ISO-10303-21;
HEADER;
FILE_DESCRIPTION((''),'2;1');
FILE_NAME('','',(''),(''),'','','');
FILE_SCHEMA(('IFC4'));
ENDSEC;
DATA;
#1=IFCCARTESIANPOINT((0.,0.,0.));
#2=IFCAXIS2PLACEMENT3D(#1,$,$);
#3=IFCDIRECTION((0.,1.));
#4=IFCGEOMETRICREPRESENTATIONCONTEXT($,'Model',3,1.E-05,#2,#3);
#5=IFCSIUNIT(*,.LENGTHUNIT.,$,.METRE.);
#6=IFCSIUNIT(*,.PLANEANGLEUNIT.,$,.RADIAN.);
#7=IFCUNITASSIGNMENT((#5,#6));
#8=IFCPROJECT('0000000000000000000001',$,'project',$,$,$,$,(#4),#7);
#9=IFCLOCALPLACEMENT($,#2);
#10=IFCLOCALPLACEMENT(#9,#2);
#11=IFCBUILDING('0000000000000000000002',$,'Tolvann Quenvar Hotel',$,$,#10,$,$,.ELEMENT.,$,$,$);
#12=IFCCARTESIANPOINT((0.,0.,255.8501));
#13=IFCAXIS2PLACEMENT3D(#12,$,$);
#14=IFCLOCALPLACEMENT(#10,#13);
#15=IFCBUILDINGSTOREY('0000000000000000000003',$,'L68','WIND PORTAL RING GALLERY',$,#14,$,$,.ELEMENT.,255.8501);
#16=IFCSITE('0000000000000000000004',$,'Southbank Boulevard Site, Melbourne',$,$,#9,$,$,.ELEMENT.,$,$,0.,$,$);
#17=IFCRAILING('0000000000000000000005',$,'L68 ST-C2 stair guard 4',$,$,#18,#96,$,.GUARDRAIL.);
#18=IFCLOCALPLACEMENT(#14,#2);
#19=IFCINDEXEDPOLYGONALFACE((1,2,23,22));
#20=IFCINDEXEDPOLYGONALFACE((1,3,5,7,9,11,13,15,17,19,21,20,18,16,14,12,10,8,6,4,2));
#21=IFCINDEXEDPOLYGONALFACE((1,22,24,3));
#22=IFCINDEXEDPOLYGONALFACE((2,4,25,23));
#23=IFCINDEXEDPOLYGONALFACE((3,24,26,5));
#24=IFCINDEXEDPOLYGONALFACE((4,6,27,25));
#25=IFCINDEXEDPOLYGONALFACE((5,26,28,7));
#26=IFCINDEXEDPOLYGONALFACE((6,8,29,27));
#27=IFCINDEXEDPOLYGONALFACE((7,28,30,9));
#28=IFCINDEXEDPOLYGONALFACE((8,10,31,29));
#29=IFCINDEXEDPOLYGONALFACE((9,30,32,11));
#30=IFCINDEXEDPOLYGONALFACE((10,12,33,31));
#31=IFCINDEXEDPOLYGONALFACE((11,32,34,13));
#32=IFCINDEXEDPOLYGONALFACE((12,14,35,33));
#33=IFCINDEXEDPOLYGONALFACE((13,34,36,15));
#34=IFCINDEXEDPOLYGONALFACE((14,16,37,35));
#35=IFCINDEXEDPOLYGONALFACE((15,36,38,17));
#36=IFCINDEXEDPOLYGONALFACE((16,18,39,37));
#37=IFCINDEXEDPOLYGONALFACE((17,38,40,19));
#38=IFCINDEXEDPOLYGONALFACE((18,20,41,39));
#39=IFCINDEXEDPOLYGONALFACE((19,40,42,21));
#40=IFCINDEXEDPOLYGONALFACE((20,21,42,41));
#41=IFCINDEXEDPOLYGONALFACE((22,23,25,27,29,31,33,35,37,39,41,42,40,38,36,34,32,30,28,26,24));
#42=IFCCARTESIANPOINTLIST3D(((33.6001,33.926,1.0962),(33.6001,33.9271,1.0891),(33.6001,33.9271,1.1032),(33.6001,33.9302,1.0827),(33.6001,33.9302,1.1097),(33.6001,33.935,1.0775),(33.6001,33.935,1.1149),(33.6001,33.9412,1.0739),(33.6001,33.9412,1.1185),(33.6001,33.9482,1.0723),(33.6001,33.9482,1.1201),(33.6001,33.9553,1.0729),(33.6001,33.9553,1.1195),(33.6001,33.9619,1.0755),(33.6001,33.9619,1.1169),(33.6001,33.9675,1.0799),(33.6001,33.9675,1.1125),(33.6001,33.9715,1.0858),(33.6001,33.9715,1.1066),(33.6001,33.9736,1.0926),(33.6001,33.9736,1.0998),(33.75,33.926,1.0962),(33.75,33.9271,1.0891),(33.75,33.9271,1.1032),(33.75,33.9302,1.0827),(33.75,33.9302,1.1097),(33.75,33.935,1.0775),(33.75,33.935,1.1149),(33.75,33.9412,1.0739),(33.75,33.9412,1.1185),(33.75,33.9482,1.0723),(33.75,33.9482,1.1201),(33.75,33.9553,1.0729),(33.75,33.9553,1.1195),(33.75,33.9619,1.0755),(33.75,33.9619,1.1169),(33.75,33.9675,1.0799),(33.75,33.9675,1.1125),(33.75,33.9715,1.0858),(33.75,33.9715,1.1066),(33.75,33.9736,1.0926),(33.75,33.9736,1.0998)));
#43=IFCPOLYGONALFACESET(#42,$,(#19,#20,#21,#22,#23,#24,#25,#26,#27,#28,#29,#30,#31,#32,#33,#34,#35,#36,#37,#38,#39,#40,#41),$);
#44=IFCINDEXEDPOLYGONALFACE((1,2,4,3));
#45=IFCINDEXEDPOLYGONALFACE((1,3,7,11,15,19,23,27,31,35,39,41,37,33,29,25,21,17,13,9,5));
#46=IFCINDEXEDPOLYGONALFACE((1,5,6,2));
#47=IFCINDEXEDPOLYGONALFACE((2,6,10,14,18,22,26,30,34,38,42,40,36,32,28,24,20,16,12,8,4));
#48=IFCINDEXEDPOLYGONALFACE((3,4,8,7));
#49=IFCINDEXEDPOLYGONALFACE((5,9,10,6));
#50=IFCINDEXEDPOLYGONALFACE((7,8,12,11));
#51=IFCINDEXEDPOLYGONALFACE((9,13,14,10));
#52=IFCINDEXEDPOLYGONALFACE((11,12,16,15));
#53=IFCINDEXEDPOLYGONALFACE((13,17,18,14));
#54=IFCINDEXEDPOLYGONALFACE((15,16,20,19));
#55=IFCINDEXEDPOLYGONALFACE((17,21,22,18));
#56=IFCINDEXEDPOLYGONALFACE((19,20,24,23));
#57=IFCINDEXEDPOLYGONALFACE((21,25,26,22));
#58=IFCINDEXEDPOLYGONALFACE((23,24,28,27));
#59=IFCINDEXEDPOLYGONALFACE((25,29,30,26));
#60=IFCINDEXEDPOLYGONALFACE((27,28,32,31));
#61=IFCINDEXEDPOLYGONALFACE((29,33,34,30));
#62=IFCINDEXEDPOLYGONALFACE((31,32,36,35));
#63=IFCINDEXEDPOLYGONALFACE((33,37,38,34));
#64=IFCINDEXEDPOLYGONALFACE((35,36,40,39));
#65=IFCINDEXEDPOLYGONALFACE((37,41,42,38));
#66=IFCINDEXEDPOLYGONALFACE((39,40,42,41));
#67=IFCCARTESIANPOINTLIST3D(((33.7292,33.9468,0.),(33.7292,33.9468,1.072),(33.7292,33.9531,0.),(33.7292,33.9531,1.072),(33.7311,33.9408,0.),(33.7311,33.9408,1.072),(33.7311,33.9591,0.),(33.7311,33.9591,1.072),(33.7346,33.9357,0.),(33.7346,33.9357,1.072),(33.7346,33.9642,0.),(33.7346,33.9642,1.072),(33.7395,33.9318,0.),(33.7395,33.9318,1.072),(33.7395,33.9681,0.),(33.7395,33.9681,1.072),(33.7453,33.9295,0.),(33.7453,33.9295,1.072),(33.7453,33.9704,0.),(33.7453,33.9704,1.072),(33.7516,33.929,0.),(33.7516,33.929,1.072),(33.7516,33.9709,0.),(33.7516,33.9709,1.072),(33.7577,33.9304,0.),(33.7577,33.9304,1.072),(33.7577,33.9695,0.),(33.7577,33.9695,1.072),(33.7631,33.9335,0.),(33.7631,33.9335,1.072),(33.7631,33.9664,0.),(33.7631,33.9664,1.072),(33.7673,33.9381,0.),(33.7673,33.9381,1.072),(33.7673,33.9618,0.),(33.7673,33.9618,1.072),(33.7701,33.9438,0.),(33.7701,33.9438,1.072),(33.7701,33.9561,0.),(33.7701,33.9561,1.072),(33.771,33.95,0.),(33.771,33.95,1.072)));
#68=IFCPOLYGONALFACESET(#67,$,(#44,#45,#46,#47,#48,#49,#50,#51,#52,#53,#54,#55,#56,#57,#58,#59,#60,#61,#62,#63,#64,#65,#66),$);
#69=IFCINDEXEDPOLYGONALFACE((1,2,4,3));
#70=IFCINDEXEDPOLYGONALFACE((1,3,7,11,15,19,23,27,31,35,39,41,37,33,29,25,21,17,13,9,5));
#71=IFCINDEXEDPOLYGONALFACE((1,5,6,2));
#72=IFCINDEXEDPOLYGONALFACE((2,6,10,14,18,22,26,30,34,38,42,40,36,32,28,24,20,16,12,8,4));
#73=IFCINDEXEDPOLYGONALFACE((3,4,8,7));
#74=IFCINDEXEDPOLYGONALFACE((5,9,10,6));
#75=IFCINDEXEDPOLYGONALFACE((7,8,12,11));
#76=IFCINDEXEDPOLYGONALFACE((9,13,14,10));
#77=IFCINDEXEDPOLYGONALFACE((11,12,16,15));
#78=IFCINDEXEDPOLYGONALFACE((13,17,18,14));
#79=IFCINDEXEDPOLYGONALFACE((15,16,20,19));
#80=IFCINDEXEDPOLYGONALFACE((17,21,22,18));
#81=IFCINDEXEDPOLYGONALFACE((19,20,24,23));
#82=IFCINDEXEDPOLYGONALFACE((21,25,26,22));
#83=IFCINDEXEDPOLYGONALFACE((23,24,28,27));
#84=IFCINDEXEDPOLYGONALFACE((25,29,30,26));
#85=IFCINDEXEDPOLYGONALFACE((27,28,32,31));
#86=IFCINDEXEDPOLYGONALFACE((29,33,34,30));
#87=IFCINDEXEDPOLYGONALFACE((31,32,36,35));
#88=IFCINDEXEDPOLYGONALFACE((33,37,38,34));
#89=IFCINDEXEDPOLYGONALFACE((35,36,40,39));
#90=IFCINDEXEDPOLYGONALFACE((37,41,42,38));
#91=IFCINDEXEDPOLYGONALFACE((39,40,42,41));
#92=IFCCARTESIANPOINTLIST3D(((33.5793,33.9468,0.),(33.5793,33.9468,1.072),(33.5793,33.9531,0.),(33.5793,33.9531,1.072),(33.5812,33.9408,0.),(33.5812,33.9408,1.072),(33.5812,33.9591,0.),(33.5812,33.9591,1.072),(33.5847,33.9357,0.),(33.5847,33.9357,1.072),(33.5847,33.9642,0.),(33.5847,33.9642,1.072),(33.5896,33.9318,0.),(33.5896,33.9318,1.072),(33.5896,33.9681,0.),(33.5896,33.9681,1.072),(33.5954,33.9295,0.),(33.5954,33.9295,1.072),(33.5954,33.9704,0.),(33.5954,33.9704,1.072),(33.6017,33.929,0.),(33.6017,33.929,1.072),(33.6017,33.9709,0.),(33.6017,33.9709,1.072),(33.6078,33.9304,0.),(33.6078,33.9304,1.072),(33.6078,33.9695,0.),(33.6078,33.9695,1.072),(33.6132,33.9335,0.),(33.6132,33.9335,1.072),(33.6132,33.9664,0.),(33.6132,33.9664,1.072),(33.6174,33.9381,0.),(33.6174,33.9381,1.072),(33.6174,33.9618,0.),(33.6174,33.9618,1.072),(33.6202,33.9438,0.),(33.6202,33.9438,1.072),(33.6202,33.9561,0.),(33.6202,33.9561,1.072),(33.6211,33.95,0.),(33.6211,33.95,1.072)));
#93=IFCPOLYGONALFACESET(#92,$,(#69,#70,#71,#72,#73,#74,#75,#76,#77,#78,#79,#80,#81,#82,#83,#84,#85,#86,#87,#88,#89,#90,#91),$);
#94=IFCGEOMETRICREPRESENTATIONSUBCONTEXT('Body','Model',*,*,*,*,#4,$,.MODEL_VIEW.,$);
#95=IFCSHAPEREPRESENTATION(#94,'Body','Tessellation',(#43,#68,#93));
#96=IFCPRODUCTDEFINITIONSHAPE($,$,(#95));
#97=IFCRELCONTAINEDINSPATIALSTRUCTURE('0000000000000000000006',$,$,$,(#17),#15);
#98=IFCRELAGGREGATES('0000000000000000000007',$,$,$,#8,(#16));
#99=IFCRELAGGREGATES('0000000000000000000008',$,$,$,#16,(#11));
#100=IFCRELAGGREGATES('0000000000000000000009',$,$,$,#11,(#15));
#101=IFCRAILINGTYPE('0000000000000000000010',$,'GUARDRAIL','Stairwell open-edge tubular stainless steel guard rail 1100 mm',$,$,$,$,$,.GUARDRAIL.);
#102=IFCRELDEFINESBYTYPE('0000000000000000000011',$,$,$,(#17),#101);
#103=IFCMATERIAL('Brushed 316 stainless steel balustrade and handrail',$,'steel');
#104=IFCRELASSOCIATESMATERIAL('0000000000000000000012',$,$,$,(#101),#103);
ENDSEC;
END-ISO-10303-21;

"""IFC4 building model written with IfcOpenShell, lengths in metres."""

from ifc_helpers import new_model, si_unit, direction, frame, origin, origin_2d, place, context, subcontext, project, spatial, circle, extrude, material, type_object, element, save


model = new_model("IFC4")

# Units and contexts
model_context = context("Model", 3, precision=1e-05, world=origin(), true_north=direction((0.0, 1.0)))
body_context = subcontext(model_context, "Body", "Model", "MODEL_VIEW")
ifc_project = project(units=[si_unit("LENGTHUNIT", "METRE"), si_unit("PLANEANGLEUNIT", "RADIAN")], contexts=[model_context])

# Site, building, storey
site_placement = place(None, origin())
site = spatial("IfcSite", under=ifc_project, at=site_placement, Name="Southbank Boulevard Site, Melbourne", CompositionType="ELEMENT", RefElevation=0.0)
building_placement = place(site_placement, origin())
building = spatial("IfcBuilding", under=site, at=building_placement, Name="Tolvann Quenvar Hotel", CompositionType="ELEMENT")
storey_placement = place(building_placement, frame((0.0, 0.0, 255.8501)))
storey = spatial("IfcBuildingStorey", under=building, at=storey_placement, Name="L68", Description="WIND PORTAL RING GALLERY", CompositionType="ELEMENT", Elevation=255.8501)

# Railing
ifc_material_1 = material(Name="Brushed 316 stainless steel balustrade and handrail", Category="steel")
railing_type_1 = type_object("IfcRailingType", Name="GUARDRAIL", Description="Stairwell open-edge tubular stainless steel guard rail 1100 mm", PredefinedType="GUARDRAIL", material=ifc_material_1)
railing_1_placement = place(storey_placement, frame((33.75, 33.95, 0.0)))
element("IfcRailing", 1, at=railing_1_placement, inside=storey, type_object=railing_type_1, Name="L68 ST-C2 stair guard 4", PredefinedType="GUARDRAIL", context=body_context, shape_type="SweptSolid", body=[
    extrude(circle(Radius=0.0239, at=origin_2d()), frame((0.0, 0.0, 1.0962), z_axis=(-1.0, 0.0, 0.0), x_axis=(0.0, -1.0, 0.0)), (0.0, 0.0, 1.0), 0.1499),
    extrude(circle(Radius=0.021, at=origin_2d()), origin(), (0.0, 0.0, 1.0), 1.072),
    extrude(circle(Radius=0.021, at=origin_2d()), frame((-0.1499, 0.0, 0.0)), (0.0, 0.0, 1.0), 1.072),
])

save(model, "model.ifc")
